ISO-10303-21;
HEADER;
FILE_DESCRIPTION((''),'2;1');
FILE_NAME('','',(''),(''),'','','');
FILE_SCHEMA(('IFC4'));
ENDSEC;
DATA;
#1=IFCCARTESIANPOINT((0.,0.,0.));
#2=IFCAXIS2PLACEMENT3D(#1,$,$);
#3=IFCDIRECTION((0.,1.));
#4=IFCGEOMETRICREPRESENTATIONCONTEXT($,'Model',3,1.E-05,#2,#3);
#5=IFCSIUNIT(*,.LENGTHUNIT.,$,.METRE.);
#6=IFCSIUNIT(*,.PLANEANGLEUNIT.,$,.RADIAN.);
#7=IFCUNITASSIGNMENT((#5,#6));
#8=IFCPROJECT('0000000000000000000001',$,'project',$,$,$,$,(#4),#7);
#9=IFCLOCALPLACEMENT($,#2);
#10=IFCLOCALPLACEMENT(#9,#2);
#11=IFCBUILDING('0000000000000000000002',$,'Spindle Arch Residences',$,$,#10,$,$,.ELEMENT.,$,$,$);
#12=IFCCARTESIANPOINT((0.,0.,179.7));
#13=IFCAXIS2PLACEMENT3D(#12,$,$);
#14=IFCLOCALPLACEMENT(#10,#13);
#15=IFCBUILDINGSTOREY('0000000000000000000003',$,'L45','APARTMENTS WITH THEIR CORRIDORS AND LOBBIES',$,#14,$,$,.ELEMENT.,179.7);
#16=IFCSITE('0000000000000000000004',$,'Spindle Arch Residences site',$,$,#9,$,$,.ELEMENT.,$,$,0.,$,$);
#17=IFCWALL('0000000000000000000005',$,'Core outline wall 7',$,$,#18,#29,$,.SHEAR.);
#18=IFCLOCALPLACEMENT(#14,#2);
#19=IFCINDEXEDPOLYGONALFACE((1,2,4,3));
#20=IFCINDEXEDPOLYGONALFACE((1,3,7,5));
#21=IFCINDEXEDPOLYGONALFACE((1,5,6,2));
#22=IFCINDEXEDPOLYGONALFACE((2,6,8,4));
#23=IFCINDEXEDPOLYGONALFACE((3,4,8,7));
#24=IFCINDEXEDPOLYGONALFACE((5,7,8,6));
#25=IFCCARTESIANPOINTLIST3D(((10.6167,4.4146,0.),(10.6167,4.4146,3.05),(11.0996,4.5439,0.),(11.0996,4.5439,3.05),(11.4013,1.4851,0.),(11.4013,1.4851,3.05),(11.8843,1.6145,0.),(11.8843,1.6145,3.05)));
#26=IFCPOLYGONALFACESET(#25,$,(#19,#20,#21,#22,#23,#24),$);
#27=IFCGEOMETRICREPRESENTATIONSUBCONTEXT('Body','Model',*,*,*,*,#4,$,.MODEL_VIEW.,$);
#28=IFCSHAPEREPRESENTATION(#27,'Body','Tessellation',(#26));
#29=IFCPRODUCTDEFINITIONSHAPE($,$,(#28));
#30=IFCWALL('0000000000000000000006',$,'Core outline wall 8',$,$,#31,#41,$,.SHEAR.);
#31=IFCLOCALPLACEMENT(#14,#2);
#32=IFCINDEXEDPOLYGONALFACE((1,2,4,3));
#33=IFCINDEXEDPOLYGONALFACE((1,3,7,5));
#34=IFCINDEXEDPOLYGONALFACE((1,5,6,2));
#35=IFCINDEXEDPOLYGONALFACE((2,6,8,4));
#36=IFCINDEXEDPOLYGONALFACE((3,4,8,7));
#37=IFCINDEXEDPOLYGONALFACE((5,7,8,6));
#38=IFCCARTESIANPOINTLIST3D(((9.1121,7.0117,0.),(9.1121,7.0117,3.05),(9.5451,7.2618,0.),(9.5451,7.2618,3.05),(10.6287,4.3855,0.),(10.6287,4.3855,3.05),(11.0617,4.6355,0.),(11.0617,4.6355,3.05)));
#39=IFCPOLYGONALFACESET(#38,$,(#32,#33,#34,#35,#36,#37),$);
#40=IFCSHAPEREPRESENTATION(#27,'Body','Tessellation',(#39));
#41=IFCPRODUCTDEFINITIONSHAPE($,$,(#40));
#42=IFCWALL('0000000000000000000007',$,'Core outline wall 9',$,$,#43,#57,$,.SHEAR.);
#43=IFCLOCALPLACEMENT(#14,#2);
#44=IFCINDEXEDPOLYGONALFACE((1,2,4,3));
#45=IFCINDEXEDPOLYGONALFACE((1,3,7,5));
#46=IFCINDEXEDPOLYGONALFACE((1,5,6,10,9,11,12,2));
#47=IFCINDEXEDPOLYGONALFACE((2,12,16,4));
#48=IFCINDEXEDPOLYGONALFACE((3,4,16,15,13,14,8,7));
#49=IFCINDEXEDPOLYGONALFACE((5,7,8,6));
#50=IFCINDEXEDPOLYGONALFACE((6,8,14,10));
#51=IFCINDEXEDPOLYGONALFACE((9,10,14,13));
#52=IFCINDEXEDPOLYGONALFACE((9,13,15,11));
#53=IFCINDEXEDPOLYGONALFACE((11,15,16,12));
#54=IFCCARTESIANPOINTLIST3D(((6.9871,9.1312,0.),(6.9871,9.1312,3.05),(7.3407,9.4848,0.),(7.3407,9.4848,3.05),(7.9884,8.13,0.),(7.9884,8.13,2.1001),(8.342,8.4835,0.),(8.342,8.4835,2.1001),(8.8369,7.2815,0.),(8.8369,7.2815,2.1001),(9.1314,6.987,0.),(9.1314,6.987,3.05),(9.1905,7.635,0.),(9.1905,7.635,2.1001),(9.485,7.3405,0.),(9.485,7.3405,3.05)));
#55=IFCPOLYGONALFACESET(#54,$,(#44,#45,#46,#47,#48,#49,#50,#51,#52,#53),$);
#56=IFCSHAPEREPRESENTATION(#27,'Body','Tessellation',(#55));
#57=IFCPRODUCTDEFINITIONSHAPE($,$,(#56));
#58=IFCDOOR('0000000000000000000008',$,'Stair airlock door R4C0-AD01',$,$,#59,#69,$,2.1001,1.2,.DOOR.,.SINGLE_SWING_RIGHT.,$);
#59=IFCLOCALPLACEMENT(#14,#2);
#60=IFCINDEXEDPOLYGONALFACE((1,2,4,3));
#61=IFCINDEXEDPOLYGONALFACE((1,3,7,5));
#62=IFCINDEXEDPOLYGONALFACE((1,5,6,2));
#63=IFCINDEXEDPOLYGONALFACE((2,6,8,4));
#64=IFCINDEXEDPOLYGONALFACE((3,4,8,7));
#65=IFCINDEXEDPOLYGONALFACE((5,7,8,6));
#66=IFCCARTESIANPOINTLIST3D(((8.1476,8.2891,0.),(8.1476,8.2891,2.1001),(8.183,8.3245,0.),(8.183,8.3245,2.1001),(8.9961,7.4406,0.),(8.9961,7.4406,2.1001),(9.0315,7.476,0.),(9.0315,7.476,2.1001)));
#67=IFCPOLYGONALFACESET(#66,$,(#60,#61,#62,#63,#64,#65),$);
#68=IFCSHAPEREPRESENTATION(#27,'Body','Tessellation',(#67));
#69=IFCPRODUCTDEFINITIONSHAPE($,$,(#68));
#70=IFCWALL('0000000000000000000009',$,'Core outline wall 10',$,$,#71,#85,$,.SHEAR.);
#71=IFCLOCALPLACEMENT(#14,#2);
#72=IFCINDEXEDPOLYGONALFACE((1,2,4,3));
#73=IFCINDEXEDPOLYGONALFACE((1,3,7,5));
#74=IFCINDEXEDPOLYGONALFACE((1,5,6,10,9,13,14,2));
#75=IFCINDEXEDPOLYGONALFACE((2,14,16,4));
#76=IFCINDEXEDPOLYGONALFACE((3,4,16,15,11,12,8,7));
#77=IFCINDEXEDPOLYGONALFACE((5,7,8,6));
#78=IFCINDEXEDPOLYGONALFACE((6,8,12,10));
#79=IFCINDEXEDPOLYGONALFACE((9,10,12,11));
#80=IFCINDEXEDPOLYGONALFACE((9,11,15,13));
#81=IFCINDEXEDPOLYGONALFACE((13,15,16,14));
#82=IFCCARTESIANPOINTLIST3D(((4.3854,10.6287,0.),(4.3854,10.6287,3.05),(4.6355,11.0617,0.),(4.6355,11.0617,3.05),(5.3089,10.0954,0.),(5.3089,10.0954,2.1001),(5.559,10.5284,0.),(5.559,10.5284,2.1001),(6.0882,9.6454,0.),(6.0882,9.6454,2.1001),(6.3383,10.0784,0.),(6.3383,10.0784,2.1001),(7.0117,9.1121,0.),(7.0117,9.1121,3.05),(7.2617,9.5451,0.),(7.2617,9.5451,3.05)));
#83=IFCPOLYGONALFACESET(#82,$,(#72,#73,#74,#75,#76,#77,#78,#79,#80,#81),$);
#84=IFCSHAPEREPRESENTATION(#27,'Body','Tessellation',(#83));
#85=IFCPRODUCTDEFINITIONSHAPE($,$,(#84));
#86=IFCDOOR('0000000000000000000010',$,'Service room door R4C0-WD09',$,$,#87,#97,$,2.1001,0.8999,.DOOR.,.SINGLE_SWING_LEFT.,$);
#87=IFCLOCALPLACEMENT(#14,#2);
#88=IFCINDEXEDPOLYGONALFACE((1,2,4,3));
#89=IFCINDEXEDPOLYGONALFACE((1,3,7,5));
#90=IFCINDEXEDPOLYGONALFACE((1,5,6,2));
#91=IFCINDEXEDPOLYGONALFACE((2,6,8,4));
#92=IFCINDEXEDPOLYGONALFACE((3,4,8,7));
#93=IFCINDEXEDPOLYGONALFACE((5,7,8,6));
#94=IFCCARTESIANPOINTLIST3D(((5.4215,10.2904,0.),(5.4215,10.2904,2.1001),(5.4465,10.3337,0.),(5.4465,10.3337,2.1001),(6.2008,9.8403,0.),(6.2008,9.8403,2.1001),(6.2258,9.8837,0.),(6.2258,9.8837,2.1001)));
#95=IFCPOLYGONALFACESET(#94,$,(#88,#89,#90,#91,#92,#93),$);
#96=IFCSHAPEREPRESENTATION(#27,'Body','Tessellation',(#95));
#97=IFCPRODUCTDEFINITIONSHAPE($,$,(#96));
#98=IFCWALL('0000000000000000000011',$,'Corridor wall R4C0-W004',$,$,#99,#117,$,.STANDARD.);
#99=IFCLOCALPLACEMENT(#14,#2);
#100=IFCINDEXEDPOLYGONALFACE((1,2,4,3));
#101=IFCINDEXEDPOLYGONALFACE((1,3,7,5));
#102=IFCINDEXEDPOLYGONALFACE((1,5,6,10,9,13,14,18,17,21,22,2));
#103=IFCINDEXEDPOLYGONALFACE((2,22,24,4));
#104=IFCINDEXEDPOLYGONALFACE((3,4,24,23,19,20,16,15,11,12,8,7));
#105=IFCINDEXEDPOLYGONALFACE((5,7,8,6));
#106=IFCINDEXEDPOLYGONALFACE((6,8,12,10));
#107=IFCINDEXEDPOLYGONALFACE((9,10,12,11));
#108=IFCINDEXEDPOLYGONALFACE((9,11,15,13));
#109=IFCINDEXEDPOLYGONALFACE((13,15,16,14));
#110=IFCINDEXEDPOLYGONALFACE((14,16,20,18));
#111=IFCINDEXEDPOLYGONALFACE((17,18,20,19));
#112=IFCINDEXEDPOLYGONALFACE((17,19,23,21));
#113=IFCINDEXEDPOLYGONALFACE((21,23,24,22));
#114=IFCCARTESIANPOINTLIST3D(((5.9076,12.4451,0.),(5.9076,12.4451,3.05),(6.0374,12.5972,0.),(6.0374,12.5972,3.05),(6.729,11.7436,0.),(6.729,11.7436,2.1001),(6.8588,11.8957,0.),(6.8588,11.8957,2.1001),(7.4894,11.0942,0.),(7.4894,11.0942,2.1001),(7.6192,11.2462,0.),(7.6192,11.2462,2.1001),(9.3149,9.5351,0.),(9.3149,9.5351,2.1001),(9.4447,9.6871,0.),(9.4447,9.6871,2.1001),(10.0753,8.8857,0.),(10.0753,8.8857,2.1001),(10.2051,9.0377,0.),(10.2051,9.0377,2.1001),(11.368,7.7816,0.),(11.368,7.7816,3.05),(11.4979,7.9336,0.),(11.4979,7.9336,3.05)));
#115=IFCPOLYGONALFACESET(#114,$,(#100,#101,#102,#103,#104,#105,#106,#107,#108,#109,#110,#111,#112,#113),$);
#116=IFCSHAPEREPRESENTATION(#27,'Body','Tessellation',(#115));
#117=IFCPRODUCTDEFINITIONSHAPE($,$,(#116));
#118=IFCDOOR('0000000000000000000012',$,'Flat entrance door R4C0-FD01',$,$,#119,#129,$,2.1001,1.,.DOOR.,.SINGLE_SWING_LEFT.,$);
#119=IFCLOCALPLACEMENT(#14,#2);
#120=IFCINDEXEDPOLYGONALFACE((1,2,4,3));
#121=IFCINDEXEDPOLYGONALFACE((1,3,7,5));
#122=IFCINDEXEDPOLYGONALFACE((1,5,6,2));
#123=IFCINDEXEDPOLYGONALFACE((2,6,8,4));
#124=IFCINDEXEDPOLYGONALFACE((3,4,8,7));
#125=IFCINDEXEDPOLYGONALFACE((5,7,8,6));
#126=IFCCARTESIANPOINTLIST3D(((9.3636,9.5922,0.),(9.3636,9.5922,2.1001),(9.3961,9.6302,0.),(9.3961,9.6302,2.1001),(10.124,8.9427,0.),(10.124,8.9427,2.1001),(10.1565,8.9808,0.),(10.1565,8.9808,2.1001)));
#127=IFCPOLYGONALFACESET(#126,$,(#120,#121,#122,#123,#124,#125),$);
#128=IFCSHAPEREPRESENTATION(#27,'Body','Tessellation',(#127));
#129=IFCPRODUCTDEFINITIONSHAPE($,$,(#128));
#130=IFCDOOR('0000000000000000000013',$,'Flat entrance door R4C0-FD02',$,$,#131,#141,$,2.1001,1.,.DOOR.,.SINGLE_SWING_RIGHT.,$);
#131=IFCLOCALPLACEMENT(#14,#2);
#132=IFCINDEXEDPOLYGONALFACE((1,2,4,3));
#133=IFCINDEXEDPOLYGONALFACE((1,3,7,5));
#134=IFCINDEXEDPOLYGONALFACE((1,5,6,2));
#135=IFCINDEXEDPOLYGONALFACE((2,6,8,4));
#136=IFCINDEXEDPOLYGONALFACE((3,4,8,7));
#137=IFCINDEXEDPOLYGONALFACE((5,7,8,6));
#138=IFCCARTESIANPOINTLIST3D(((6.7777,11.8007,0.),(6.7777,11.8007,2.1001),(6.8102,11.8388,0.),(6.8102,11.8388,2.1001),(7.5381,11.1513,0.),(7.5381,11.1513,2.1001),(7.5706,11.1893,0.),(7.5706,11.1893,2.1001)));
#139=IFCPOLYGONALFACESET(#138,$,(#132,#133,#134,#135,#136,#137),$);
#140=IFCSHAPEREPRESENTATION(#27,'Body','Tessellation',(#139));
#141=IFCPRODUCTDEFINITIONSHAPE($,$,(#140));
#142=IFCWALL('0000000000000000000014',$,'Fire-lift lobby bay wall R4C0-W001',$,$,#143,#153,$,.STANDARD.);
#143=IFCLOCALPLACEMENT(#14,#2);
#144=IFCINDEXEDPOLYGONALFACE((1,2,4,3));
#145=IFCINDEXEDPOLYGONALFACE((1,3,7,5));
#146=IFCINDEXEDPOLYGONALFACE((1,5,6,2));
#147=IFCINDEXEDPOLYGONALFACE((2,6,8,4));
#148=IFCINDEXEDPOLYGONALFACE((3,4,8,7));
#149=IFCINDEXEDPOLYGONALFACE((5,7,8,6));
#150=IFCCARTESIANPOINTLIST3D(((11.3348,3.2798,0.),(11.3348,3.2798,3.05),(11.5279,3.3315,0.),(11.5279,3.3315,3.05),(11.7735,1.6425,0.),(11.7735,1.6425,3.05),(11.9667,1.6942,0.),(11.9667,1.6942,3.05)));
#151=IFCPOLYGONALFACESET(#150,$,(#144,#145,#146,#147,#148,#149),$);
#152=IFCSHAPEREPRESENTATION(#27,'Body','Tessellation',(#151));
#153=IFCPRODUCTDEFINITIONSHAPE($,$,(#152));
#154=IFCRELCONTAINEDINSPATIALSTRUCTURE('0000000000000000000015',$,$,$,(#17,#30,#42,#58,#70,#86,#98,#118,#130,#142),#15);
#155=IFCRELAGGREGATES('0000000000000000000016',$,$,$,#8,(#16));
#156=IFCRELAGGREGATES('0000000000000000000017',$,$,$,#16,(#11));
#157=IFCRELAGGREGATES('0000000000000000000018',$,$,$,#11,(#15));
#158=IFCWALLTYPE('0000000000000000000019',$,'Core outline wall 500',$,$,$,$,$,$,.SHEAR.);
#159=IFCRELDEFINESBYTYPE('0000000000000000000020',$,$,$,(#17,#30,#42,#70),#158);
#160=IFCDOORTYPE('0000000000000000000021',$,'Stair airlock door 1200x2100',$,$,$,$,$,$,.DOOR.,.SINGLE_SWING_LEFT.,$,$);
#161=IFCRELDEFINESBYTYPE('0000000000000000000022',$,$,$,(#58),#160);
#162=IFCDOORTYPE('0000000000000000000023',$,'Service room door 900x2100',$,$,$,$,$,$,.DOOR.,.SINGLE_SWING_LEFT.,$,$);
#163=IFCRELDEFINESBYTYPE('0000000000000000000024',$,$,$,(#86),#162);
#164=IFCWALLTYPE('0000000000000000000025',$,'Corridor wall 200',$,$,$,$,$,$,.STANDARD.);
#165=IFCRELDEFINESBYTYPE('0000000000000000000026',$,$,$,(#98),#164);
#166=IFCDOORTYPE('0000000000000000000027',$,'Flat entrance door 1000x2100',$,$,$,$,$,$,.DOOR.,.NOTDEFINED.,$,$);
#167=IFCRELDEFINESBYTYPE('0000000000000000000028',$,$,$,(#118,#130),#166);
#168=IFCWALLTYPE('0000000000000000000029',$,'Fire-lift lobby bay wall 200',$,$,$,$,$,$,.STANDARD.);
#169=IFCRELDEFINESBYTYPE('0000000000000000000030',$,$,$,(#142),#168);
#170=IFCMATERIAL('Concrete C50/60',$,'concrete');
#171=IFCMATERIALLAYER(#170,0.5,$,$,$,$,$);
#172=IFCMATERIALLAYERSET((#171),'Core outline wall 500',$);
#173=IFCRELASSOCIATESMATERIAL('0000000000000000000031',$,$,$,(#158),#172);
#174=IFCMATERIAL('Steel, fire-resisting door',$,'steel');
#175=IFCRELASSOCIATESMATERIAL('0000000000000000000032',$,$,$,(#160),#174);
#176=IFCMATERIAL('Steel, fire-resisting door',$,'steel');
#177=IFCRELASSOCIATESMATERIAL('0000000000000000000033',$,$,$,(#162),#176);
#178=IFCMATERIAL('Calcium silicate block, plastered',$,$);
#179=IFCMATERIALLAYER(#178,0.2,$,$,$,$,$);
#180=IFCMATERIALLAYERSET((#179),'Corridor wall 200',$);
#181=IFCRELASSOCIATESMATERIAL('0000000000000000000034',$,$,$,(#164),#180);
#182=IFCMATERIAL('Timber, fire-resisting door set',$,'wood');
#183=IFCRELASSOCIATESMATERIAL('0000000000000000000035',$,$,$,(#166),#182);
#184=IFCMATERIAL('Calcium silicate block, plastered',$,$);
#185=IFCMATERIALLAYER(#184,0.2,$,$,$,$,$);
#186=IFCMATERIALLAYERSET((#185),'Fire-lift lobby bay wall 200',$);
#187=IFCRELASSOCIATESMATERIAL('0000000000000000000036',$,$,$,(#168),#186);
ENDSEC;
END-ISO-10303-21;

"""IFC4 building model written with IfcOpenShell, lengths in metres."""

from ifc_helpers import new_model, si_unit, direction, frame, frame_2d, origin, place, context, subcontext, project, spatial, rectangle, extrude, material, layer, layer_set, type_object, element, fill, save


model = new_model("IFC4")

# Units and contexts
model_context = context("Model", 3, precision=1e-05, world=origin(), true_north=direction((0.0, 1.0)))
body_context = subcontext(model_context, "Body", "Model", "MODEL_VIEW")
ifc_project = project(units=[si_unit("LENGTHUNIT", "METRE"), si_unit("PLANEANGLEUNIT", "RADIAN")], contexts=[model_context])

# Site, building, storey
site_placement = place(None, origin())
site = spatial("IfcSite", under=ifc_project, at=site_placement, Name="Spindle Arch Residences site", CompositionType="ELEMENT", RefElevation=0.0)
building_placement = place(site_placement, origin())
building = spatial("IfcBuilding", under=site, at=building_placement, Name="Spindle Arch Residences", CompositionType="ELEMENT")
storey_placement = place(building_placement, frame((0.0, 0.0, 179.7)))
storey = spatial("IfcBuildingStorey", under=building, at=storey_placement, Name="L45", Description="APARTMENTS WITH THEIR CORRIDORS AND LOBBIES", CompositionType="ELEMENT", Elevation=179.7)

# Walls
ifc_material_1 = material(Name="Concrete C50/60", Category="concrete")
ifc_layer_1 = layer(ifc_material_1, 0.5)
ifc_layer_set_1 = layer_set([ifc_layer_1], Name="Core outline wall 500")
wall_type_1 = type_object("IfcWallType", Name="Core outline wall 500", PredefinedType="SHEAR", material=ifc_layer_set_1)
for number, where, z_axis, x_axis, name in (
    (1, (11.6428, 1.5498, 0.0), (0.0, 0.0, 1.0), (-0.258735, 0.965948, 0.0), "Core outline wall 7"),
    (2, (10.8452, 4.5105, 0.0), (0.0, 0.0, 1.0), (-0.500087, 0.865975, 0.0), "Core outline wall 8"),
):
    element("IfcWall", number, at=place(storey_placement, frame(where, z_axis=z_axis, x_axis=x_axis)), inside=storey, type_object=wall_type_1, Name=name, PredefinedType="SHEAR", context=body_context, shape_type="SweptSolid", body=[
        extrude(rectangle(XDim=3.0327, YDim=0.5, at=frame_2d((1.5164, 0.0))), origin(), (0.0, 0.0, 1.0), 3.05),
    ])

# Walls, openings, doors
wall_1_placement = place(storey_placement, frame((9.3081, 7.1638, 0.0), z_axis=(0.0, 0.0, 1.0), x_axis=(-0.707107, 0.707107, 0.0)))
wall_1 = element("IfcWall", 3, at=wall_1_placement, inside=storey, type_object=wall_type_1, Name="Core outline wall 9", PredefinedType="SHEAR", context=body_context, shape_type="SweptSolid", body=[
    extrude(rectangle(XDim=3.0325, YDim=0.5, at=frame_2d((1.5161, 0.0))), origin(), (0.0, 0.0, 1.0), 3.05),
])
opening_1_placement = place(wall_1_placement, frame((0.4163, 0.0, 0.0)))
opening_1 = element("IfcOpeningElement", 4, at=opening_1_placement, cuts=wall_1, PredefinedType="OPENING", context=body_context, shape_type="SweptSolid", body=[
    extrude(rectangle(XDim=1.2, YDim=2.1001, at=frame_2d((0.6001, 1.05))), frame((0.0, 0.26, 0.0), z_axis=(0.0, -1.0, 0.0), x_axis=(1.0, 0.0, 0.0)), (0.0, 0.0, 1.0), 0.52),
])
ifc_material_2 = material(Name="Steel, fire-resisting door", Category="steel")
door_type_1 = type_object("IfcDoorType", Name="Stair airlock door 1200x2100", OperationType="SINGLE_SWING_LEFT", PredefinedType="DOOR", material=ifc_material_2)
door_1_placement = place(opening_1_placement, origin())
door_1 = element("IfcDoor", 5, at=door_1_placement, inside=storey, type_object=door_type_1, Name="Stair airlock door R4C0-AD01", OperationType="SINGLE_SWING_RIGHT", OverallHeight=2.1001, OverallWidth=1.2, PredefinedType="DOOR", context=body_context, shape_type="SweptSolid", body=[
    extrude(rectangle(XDim=1.2, YDim=2.1001, at=frame_2d((0.6001, 1.05))), frame((0.0, 0.0249, 0.0), z_axis=(0.0, -1.0, 0.0), x_axis=(1.0, 0.0, 0.0)), (0.0, 0.0, 1.0), 0.05),
])
fill(opening_1, door_1)
wall_2_placement = place(storey_placement, frame((7.1367, 9.3286, 0.0), z_axis=(0.0, 0.0, 1.0), x_axis=(-0.865975, 0.500087, 0.0)))
wall_2 = element("IfcWall", 6, at=wall_2_placement, inside=storey, type_object=wall_type_1, Name="Core outline wall 10", PredefinedType="SHEAR", context=body_context, shape_type="SweptSolid", body=[
    extrude(rectangle(XDim=3.0327, YDim=0.5, at=frame_2d((1.5164, 0.0))), origin(), (0.0, 0.0, 1.0), 3.05),
])
opening_2_placement = place(wall_2_placement, frame((1.0664, 0.0, 0.0)))
opening_2 = element("IfcOpeningElement", 7, at=opening_2_placement, cuts=wall_2, PredefinedType="OPENING", context=body_context, shape_type="SweptSolid", body=[
    extrude(rectangle(XDim=0.8999, YDim=2.1001, at=frame_2d((0.45, 1.05))), frame((0.0, 0.26, 0.0), z_axis=(0.0, -1.0, 0.0), x_axis=(1.0, 0.0, 0.0)), (0.0, 0.0, 1.0), 0.52),
])
ifc_material_3 = material(Name="Steel, fire-resisting door", Category="steel")
door_type_2 = type_object("IfcDoorType", Name="Service room door 900x2100", OperationType="SINGLE_SWING_LEFT", PredefinedType="DOOR", material=ifc_material_3)
door_2_placement = place(opening_2_placement, origin())
door_2 = element("IfcDoor", 8, at=door_2_placement, inside=storey, type_object=door_type_2, Name="Service room door R4C0-WD09", OperationType="SINGLE_SWING_LEFT", OverallHeight=2.1001, OverallWidth=0.8999, PredefinedType="DOOR", context=body_context, shape_type="SweptSolid", body=[
    extrude(rectangle(XDim=0.8999, YDim=2.1001, at=frame_2d((0.45, 1.05))), frame((0.0, 0.0249, 0.0), z_axis=(0.0, -1.0, 0.0), x_axis=(1.0, 0.0, 0.0)), (0.0, 0.0, 1.0), 0.05),
])
fill(opening_2, door_2)

# Wall, openings, doors
ifc_material_4 = material(Name="Calcium silicate block, plastered")
ifc_layer_2 = layer(ifc_material_4, 0.2)
ifc_layer_set_2 = layer_set([ifc_layer_2], Name="Corridor wall 200")
wall_type_2 = type_object("IfcWallType", Name="Corridor wall 200", PredefinedType="STANDARD", material=ifc_layer_set_2)
wall_3_placement = place(storey_placement, frame((11.4329, 7.8577, 0.0), z_axis=(0.0, 0.0, 1.0), x_axis=(-0.760412, 0.649441, 0.0)))
wall_3 = element("IfcWall", 9, at=wall_3_placement, inside=storey, type_object=wall_type_2, Name="Corridor wall R4C0-W004", PredefinedType="STANDARD", context=body_context, shape_type="SweptSolid", body=[
    extrude(rectangle(XDim=7.1809, YDim=0.2, at=frame_2d((3.5903, 0.0))), origin(), (0.0, 0.0, 1.0), 3.05),
])
opening_3_placement = place(wall_3_placement, frame((1.7, 0.0, 0.0)))
opening_3 = element("IfcOpeningElement", 10, at=opening_3_placement, cuts=wall_3, PredefinedType="OPENING", context=body_context, shape_type="SweptSolid", body=[
    extrude(rectangle(XDim=1.0, YDim=2.1001, at=frame_2d((0.5, 1.05))), frame((0.0, 0.1099, 0.0), z_axis=(0.0, -1.0, 0.0), x_axis=(1.0, 0.0, 0.0)), (0.0, 0.0, 1.0), 0.22),
])
opening_4_placement = place(wall_3_placement, frame((5.1006, 0.0, 0.0)))
opening_4 = element("IfcOpeningElement", 11, at=opening_4_placement, cuts=wall_3, PredefinedType="OPENING", context=body_context, shape_type="SweptSolid", body=[
    extrude(rectangle(XDim=1.0, YDim=2.1001, at=frame_2d((0.5, 1.05))), frame((0.0, 0.1099, 0.0), z_axis=(0.0, -1.0, 0.0), x_axis=(1.0, 0.0, 0.0)), (0.0, 0.0, 1.0), 0.22),
])
ifc_material_5 = material(Name="Timber, fire-resisting door set", Category="wood")
door_type_3 = type_object("IfcDoorType", Name="Flat entrance door 1000x2100", OperationType="NOTDEFINED", PredefinedType="DOOR", material=ifc_material_5)
door_3_placement = place(opening_3_placement, origin())
door_3 = element("IfcDoor", 12, at=door_3_placement, inside=storey, type_object=door_type_3, Name="Flat entrance door R4C0-FD01", OperationType="SINGLE_SWING_LEFT", OverallHeight=2.1001, OverallWidth=1.0, PredefinedType="DOOR", context=body_context, shape_type="SweptSolid", body=[
    extrude(rectangle(XDim=1.0, YDim=2.1001, at=frame_2d((0.5, 1.05))), frame((0.0, 0.0249, 0.0), z_axis=(0.0, -1.0, 0.0), x_axis=(1.0, 0.0, 0.0)), (0.0, 0.0, 1.0), 0.05),
])
fill(opening_3, door_3)
door_4_placement = place(opening_4_placement, origin())
door_4 = element("IfcDoor", 13, at=door_4_placement, inside=storey, type_object=door_type_3, Name="Flat entrance door R4C0-FD02", OperationType="SINGLE_SWING_RIGHT", OverallHeight=2.1001, OverallWidth=1.0, PredefinedType="DOOR", context=body_context, shape_type="SweptSolid", body=[
    extrude(rectangle(XDim=1.0, YDim=2.1001, at=frame_2d((0.5, 1.05))), frame((0.0, 0.0249, 0.0), z_axis=(0.0, -1.0, 0.0), x_axis=(1.0, 0.0, 0.0)), (0.0, 0.0, 1.0), 0.05),
])
fill(opening_4, door_4)

# Wall
ifc_material_6 = material(Name="Calcium silicate block, plastered")
ifc_layer_3 = layer(ifc_material_6, 0.2)
ifc_layer_set_3 = layer_set([ifc_layer_3], Name="Fire-lift lobby bay wall 200")
wall_type_3 = type_object("IfcWallType", Name="Fire-lift lobby bay wall 200", PredefinedType="STANDARD", material=ifc_layer_set_3)
wall_4_placement = place(storey_placement, frame((11.8701, 1.6682, 0.0), z_axis=(0.0, 0.0, 1.0), x_axis=(-0.258837, 0.965921, 0.0)))
element("IfcWall", 14, at=wall_4_placement, inside=storey, type_object=wall_type_3, Name="Fire-lift lobby bay wall R4C0-W001", PredefinedType="STANDARD", context=body_context, shape_type="SweptSolid", body=[
    extrude(rectangle(XDim=1.6951, YDim=0.2, at=frame_2d((0.8477, 0.0))), origin(), (0.0, 0.0, 1.0), 3.05),
])

save(model, "model.ifc")
